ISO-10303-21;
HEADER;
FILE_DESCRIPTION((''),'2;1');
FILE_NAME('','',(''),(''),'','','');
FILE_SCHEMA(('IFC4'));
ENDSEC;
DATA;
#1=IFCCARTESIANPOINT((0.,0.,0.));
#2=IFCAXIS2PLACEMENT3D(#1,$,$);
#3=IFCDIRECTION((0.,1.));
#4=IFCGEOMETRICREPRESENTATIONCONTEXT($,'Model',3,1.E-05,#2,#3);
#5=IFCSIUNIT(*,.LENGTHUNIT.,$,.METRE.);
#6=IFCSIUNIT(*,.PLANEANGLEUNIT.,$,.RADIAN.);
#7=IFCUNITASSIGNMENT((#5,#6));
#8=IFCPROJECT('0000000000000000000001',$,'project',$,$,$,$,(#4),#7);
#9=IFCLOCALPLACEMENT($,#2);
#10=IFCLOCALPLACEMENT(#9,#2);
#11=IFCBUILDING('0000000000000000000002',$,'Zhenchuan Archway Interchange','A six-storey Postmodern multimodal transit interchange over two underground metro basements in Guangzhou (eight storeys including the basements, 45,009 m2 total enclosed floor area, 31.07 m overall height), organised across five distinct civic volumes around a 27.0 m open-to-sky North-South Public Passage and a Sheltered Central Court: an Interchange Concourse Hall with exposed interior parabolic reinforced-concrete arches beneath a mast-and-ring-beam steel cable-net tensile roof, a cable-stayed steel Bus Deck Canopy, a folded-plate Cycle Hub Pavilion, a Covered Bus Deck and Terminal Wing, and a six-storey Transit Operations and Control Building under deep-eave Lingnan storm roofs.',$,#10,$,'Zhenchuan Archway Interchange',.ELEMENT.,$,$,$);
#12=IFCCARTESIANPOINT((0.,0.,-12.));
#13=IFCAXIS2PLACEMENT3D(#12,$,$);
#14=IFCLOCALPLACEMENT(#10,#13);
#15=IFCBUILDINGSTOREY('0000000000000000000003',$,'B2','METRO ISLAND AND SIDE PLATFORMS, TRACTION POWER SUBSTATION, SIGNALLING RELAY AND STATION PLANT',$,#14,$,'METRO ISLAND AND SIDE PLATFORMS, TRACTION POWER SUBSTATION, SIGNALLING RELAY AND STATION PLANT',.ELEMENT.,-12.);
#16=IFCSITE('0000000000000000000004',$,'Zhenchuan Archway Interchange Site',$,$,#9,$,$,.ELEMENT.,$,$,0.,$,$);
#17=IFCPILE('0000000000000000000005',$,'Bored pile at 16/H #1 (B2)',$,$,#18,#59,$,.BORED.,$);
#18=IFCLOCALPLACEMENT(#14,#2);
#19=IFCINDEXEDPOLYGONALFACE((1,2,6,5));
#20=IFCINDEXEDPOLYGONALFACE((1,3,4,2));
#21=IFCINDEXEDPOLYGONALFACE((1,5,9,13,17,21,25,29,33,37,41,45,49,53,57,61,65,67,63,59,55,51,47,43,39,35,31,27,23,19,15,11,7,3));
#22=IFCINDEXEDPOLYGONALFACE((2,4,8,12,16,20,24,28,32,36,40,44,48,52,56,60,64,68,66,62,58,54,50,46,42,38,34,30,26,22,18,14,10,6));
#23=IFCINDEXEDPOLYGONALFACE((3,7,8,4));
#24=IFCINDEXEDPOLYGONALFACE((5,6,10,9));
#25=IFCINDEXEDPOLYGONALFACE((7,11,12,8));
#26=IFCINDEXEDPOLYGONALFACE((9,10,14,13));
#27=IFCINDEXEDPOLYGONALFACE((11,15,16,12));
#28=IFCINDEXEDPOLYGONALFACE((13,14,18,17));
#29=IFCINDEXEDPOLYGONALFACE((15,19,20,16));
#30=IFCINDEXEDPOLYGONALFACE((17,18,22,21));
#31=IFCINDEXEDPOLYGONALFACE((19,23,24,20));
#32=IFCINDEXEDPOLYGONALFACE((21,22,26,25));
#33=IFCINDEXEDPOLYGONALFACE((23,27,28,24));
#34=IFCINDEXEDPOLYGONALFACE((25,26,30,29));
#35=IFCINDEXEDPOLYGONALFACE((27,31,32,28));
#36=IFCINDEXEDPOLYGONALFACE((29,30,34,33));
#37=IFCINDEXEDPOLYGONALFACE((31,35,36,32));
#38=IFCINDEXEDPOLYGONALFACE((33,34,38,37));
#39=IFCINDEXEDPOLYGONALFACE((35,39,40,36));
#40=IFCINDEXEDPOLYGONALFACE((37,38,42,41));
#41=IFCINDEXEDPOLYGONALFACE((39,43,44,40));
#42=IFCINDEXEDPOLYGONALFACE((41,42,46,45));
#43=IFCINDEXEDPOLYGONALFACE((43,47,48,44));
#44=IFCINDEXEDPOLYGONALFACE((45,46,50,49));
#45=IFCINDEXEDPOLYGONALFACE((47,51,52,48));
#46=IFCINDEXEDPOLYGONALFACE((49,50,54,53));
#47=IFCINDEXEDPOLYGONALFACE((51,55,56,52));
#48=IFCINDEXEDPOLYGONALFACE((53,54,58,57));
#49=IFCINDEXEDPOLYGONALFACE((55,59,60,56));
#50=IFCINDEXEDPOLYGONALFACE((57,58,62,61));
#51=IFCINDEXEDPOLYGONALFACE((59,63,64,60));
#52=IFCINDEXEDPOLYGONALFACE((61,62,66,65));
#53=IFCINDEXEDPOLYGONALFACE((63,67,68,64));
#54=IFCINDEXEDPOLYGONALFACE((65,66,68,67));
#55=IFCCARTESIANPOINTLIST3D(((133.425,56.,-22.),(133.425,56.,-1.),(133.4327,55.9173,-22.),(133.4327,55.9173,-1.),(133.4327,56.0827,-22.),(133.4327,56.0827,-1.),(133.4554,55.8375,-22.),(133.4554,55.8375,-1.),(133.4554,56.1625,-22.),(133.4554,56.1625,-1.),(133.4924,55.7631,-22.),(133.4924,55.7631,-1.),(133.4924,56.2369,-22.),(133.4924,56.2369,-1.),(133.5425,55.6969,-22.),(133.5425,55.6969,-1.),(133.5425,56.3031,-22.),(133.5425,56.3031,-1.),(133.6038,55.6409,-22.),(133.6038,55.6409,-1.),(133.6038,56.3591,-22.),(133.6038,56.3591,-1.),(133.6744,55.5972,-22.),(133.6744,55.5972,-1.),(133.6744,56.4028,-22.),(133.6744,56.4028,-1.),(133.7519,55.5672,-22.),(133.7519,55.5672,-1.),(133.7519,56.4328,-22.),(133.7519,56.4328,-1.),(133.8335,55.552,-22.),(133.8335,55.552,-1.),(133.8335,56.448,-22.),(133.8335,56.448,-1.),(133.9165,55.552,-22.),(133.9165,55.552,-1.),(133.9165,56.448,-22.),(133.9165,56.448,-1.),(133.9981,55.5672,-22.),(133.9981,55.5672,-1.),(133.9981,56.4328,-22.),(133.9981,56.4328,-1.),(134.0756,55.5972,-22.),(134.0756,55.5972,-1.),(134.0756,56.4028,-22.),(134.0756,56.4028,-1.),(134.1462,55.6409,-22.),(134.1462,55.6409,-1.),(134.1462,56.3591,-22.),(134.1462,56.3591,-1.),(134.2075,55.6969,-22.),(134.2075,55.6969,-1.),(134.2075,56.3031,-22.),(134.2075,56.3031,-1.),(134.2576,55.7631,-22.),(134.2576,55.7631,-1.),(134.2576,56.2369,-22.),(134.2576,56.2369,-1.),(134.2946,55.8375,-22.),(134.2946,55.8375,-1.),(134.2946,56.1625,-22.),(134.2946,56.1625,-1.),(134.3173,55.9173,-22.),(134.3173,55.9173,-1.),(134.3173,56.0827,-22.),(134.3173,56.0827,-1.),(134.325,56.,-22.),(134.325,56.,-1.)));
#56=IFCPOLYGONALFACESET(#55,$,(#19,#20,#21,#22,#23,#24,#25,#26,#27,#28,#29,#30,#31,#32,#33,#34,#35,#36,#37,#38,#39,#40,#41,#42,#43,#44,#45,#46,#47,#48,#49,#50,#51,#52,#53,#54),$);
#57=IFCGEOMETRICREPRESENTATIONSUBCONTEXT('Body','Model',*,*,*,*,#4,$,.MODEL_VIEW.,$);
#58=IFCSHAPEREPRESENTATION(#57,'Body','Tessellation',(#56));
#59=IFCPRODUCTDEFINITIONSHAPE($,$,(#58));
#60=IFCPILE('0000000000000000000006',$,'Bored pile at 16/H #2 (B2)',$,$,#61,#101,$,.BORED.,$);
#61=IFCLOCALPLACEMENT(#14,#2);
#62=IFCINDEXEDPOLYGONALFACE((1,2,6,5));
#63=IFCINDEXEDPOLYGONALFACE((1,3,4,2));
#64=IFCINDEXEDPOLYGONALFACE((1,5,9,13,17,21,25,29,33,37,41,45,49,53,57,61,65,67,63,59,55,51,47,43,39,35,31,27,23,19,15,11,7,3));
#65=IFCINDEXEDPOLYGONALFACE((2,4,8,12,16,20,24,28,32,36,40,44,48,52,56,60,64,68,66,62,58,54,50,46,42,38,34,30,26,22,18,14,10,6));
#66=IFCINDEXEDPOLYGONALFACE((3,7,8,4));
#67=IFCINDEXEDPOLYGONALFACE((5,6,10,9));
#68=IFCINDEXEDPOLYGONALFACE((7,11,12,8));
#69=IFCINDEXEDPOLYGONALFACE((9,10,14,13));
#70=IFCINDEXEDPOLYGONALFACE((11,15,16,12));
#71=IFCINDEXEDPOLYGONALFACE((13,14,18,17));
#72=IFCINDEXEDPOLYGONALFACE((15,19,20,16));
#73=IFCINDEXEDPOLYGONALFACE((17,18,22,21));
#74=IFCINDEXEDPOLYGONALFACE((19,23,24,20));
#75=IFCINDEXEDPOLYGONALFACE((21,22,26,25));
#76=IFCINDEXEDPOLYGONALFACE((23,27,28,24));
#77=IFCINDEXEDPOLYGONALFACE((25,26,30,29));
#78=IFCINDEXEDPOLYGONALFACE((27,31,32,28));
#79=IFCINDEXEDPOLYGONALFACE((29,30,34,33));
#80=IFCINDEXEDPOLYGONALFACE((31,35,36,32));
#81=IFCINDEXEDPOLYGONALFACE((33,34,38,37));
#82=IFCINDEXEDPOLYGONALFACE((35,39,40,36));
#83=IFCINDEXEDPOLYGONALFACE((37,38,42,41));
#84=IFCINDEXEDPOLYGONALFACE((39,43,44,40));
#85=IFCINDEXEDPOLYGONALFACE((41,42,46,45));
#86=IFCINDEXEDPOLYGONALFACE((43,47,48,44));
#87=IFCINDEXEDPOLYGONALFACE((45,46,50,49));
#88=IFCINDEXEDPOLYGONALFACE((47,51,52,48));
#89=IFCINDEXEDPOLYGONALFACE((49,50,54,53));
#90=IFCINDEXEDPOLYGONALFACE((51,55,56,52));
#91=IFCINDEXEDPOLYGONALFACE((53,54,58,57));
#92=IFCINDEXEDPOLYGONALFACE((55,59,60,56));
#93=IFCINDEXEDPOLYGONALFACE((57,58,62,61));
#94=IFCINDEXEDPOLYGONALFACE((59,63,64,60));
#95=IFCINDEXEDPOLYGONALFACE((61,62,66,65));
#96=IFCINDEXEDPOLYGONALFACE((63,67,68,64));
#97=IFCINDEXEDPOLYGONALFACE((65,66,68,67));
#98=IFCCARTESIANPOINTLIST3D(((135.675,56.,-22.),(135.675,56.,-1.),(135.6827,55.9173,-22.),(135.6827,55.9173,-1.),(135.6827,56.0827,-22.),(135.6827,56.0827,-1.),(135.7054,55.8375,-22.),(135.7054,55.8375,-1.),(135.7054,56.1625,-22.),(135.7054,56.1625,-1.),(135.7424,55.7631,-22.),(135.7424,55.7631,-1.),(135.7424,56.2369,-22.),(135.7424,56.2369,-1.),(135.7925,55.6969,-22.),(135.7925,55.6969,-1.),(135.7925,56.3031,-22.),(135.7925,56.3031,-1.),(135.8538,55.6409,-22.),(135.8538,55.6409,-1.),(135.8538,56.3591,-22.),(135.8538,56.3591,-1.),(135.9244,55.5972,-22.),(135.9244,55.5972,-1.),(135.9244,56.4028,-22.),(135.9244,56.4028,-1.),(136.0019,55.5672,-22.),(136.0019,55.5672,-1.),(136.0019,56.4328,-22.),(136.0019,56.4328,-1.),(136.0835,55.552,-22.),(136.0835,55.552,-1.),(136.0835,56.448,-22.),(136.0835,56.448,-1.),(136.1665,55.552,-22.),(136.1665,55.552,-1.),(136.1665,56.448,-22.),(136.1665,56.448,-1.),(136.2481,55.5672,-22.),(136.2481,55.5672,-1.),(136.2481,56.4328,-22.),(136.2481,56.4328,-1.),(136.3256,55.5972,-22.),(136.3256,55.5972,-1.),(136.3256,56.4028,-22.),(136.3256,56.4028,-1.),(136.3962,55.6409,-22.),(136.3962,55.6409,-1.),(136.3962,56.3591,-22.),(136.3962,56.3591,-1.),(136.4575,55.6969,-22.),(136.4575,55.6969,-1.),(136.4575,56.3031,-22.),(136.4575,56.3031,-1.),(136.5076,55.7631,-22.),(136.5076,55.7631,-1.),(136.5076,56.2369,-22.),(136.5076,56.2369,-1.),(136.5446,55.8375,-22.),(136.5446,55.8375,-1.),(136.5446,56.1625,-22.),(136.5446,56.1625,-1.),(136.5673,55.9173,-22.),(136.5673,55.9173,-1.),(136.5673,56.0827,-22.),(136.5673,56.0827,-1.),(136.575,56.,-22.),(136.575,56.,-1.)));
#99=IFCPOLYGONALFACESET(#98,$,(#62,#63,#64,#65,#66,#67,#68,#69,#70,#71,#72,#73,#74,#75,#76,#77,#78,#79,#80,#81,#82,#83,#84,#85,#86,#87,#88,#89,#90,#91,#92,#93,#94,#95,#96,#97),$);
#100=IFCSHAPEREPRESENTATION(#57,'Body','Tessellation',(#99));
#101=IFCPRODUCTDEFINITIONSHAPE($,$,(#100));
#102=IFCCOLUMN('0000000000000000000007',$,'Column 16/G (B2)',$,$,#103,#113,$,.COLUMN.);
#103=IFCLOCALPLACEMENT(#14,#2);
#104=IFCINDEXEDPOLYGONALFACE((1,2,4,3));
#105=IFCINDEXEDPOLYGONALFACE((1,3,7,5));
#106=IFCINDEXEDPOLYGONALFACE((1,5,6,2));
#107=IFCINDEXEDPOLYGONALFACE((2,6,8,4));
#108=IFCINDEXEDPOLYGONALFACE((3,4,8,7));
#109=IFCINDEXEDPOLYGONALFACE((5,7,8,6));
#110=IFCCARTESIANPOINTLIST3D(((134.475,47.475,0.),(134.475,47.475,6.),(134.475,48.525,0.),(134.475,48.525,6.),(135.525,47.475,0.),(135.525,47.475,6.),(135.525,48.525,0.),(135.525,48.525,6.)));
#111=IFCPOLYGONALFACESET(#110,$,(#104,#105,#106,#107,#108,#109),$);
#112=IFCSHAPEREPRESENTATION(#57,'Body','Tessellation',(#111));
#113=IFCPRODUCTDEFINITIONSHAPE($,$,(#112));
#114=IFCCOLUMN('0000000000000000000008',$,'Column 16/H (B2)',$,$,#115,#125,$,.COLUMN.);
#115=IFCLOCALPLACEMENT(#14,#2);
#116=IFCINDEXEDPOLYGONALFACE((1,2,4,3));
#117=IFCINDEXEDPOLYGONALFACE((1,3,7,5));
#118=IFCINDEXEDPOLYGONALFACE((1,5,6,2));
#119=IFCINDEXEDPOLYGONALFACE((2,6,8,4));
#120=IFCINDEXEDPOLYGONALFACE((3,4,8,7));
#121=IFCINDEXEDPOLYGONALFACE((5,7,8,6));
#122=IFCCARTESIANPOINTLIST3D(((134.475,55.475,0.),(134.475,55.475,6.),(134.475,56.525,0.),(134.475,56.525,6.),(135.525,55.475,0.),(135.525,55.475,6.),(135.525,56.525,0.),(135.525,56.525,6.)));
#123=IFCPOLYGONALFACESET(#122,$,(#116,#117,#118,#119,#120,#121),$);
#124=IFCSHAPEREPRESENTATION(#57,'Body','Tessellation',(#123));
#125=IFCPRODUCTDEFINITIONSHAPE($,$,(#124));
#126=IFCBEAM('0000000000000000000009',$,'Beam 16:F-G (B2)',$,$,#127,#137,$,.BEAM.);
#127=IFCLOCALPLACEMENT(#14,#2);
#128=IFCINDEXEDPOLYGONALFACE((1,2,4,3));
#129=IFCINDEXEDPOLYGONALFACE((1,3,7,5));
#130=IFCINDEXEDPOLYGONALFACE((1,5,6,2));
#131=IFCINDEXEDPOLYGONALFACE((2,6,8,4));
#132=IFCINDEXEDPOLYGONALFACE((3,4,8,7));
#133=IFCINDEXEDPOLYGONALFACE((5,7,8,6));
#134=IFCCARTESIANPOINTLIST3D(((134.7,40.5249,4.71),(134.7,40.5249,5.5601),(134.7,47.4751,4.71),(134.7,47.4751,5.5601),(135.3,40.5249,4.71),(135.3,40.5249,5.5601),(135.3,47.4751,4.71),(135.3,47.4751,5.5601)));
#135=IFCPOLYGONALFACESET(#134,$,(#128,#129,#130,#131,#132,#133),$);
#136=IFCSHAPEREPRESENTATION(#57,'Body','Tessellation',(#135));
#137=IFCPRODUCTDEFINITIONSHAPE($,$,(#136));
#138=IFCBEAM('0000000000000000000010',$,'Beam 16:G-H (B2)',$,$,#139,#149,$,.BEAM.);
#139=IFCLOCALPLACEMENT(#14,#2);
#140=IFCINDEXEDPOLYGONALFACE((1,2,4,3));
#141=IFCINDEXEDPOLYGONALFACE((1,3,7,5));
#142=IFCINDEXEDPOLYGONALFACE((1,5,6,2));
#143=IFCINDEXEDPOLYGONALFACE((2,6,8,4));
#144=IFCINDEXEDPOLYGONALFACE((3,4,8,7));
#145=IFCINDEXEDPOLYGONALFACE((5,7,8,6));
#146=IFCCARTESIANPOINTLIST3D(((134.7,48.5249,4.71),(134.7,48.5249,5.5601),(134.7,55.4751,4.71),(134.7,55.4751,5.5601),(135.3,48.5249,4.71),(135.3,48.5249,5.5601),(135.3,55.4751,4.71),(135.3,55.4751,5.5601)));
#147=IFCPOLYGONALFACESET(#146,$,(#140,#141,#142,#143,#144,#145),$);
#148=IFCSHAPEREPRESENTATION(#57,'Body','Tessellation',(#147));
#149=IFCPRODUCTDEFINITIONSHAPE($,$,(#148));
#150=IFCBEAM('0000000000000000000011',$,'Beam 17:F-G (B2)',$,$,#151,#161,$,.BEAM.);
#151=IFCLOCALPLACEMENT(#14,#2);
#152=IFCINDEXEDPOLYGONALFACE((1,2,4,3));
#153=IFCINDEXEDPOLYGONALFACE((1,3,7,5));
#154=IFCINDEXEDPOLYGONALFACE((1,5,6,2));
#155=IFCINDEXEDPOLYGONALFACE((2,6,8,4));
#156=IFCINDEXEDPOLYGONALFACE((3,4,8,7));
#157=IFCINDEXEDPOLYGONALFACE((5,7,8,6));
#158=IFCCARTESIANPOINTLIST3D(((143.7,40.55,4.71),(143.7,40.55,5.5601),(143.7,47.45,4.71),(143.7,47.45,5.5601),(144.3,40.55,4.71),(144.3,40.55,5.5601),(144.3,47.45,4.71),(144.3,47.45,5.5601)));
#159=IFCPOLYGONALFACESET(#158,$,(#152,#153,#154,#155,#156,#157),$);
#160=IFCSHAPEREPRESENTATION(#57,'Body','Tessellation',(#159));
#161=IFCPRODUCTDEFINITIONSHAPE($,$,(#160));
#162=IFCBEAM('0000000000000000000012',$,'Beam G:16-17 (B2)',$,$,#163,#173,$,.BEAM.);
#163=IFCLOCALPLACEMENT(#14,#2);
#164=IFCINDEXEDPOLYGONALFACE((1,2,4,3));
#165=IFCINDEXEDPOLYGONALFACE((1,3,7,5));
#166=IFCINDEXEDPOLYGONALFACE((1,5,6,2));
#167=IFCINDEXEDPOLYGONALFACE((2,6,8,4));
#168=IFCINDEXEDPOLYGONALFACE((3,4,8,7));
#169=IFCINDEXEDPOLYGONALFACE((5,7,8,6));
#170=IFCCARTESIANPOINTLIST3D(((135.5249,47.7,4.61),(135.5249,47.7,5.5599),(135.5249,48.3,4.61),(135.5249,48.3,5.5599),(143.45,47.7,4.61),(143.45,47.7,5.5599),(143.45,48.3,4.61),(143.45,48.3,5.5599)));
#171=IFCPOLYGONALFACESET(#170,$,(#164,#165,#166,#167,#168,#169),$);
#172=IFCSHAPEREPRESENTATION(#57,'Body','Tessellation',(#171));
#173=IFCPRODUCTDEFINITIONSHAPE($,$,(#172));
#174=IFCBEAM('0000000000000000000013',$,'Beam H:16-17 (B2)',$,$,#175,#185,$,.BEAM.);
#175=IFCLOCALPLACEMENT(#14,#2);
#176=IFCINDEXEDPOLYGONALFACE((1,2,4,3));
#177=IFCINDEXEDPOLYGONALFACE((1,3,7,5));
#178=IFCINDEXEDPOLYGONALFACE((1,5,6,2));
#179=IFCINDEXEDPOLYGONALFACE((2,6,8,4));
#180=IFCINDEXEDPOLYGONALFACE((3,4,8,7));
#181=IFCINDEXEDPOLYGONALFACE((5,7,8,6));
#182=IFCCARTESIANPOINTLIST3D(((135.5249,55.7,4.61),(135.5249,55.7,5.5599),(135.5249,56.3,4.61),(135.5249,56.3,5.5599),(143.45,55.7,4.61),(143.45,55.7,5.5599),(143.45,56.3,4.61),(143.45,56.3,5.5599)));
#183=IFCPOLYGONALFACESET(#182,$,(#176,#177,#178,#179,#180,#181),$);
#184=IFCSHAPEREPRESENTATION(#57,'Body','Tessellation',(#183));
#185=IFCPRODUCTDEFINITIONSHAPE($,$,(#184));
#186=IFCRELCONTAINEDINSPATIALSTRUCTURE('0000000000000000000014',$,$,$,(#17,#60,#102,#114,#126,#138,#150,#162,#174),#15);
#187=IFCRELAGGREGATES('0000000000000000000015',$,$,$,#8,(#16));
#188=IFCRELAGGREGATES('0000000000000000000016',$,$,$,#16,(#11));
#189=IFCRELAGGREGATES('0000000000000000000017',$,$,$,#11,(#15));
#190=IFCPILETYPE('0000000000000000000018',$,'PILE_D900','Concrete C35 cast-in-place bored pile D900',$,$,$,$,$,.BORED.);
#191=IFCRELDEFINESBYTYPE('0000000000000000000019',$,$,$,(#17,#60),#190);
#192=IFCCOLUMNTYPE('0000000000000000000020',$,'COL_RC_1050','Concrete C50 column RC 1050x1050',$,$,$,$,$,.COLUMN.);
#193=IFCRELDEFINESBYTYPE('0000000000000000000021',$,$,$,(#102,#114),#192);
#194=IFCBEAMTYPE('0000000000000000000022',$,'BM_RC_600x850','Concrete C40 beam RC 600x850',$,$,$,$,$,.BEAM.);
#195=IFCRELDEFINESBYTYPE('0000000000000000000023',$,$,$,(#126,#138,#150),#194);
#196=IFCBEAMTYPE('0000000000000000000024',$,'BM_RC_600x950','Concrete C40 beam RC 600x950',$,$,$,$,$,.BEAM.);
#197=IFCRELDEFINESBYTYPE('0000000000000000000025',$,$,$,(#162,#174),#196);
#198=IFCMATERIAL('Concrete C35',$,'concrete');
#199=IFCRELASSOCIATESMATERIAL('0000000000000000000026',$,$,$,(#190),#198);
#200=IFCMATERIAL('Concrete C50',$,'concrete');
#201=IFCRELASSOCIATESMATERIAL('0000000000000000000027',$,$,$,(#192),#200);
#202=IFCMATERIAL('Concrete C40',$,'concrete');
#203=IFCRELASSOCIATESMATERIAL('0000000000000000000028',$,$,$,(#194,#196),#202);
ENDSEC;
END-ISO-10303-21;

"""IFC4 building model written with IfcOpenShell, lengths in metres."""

from ifc_helpers import new_model, si_unit, direction, frame, origin, origin_2d, place, context, subcontext, project, spatial, rectangle, circle, extrude, material, material_profile, profile_set, type_object, element, save


model = new_model("IFC4")

# Units and contexts
model_context = context("Model", 3, precision=1e-05, world=origin(), true_north=direction((0.0, 1.0)))
body_context = subcontext(model_context, "Body", "Model", "MODEL_VIEW")
ifc_project = project(units=[si_unit("LENGTHUNIT", "METRE"), si_unit("PLANEANGLEUNIT", "RADIAN")], contexts=[model_context])

# Site, building, storey
site_placement = place(None, origin())
site = spatial("IfcSite", under=ifc_project, at=site_placement, Name="Zhenchuan Archway Interchange Site", CompositionType="ELEMENT", RefElevation=0.0)
building_placement = place(site_placement, origin())
building = spatial("IfcBuilding", under=site, at=building_placement, Name="Zhenchuan Archway Interchange", Description="A six-storey Postmodern multimodal transit interchange over two underground metro basements in Guangzhou (eight storeys including the basements, 45,009 m2 total enclosed floor area, 31.07 m overall height), organised across five distinct civic volumes around a 27.0 m open-to-sky North-South Public Passage and a Sheltered Central Court: an Interchange Concourse Hall with exposed interior parabolic reinforced-concrete arches beneath a mast-and-ring-beam steel cable-net tensile roof, a cable-stayed steel Bus Deck Canopy, a folded-plate Cycle Hub Pavilion, a Covered Bus Deck and Terminal Wing, and a six-storey Transit Operations and Control Building under deep-eave Lingnan storm roofs.", LongName="Zhenchuan Archway Interchange", CompositionType="ELEMENT")
storey_placement = place(building_placement, frame((0.0, 0.0, -12.0)))
storey = spatial("IfcBuildingStorey", under=building, at=storey_placement, Name="B2", Description="METRO ISLAND AND SIDE PLATFORMS, TRACTION POWER SUBSTATION, SIGNALLING RELAY AND STATION PLANT", LongName="METRO ISLAND AND SIDE PLATFORMS, TRACTION POWER SUBSTATION, SIGNALLING RELAY AND STATION PLANT", CompositionType="ELEMENT", Elevation=-12.0)

# Shared definitions
ifc_material_1 = material(Name="Concrete C40", Category="concrete")

# Piles
ifc_material_2 = material(Name="Concrete C35", Category="concrete")
ifc_material_profile_1 = material_profile(ifc_material_2, circle(Radius=0.45, at=origin_2d()), Name="BORED PILE 900")
ifc_profile_set_1 = profile_set([ifc_material_profile_1], Name="Concrete C35")
pile_type_1 = type_object("IfcPileType", Name="PILE_D900", Description="Concrete C35 cast-in-place bored pile D900", PredefinedType="BORED", material=ifc_profile_set_1)
for number, where, z_axis, x_axis, name in (
    (1, (133.875, 56.0, -1.0), (0.0, 0.0, -1.0), (1.0, 0.0, 0.0), "Bored pile at 16/H #1 (B2)"),
    (2, (136.125, 56.0, -1.0), (0.0, 0.0, -1.0), (1.0, 0.0, 0.0), "Bored pile at 16/H #2 (B2)"),
):
    element("IfcPile", number, at=place(storey_placement, frame(where, z_axis=z_axis, x_axis=x_axis)), inside=storey, type_object=pile_type_1, Name=name, PredefinedType="BORED", context=body_context, shape_type="SweptSolid", body=[
        extrude(circle(Radius=0.45, at=origin_2d()), origin(), (0.0, 0.0, 1.0), 21.0),
    ])

# Columns
ifc_material_3 = material(Name="Concrete C50", Category="concrete")
ifc_material_profile_2 = material_profile(ifc_material_3, rectangle(XDim=1.05, YDim=1.05, at=origin_2d()), Name="RC 1050x1050")
ifc_profile_set_2 = profile_set([ifc_material_profile_2], Name="Concrete C50")
column_type = type_object("IfcColumnType", Name="COL_RC_1050", Description="Concrete C50 column RC 1050x1050", PredefinedType="COLUMN", material=ifc_profile_set_2)
for number, where, z_axis, x_axis, name in (
    (3, (135.0, 48.0, 0.0), (0.0, 0.0, 1.0), (1.0, 0.0, 0.0), "Column 16/G (B2)"),
    (4, (135.0, 56.0, 0.0), (0.0, 0.0, 1.0), (1.0, 0.0, 0.0), "Column 16/H (B2)"),
):
    element("IfcColumn", number, at=place(storey_placement, frame(where, z_axis=z_axis, x_axis=x_axis)), inside=storey, type_object=column_type, Name=name, PredefinedType="COLUMN", context=body_context, shape_type="SweptSolid", body=[
        extrude(rectangle(XDim=1.05, YDim=1.05, at=origin_2d()), origin(), (0.0, 0.0, 1.0), 6.0),
    ])

# Beams
ifc_material_profile_3 = material_profile(ifc_material_1, rectangle(XDim=0.6001, YDim=0.8501, at=origin_2d()), Name="RC 600x850")
ifc_profile_set_3 = profile_set([ifc_material_profile_3], Name="Concrete C40")
beam_type_1 = type_object("IfcBeamType", Name="BM_RC_600x850", Description="Concrete C40 beam RC 600x850", PredefinedType="BEAM", material=ifc_profile_set_3)
for number, where, z_axis, x_axis, name in (
    (5, (135.0, 40.5249, 5.135), (0.0, 1.0, 0.0), (-1.0, 0.0, 0.0), "Beam 16:F-G (B2)"),
    (6, (135.0, 48.5249, 5.135), (0.0, 1.0, 0.0), (-1.0, 0.0, 0.0), "Beam 16:G-H (B2)"),
):
    element("IfcBeam", number, at=place(storey_placement, frame(where, z_axis=z_axis, x_axis=x_axis)), inside=storey, type_object=beam_type_1, Name=name, PredefinedType="BEAM", context=body_context, shape_type="SweptSolid", body=[
        extrude(rectangle(XDim=0.6001, YDim=0.8501, at=origin_2d()), origin(), (0.0, 0.0, 1.0), 6.9502),
    ])
beam_placement = place(storey_placement, frame((144.0, 40.55, 5.135), z_axis=(0.0, 1.0, 0.0), x_axis=(-1.0, 0.0, 0.0)))
element("IfcBeam", 7, at=beam_placement, inside=storey, type_object=beam_type_1, Name="Beam 17:F-G (B2)", PredefinedType="BEAM", context=body_context, shape_type="SweptSolid", body=[
    extrude(rectangle(XDim=0.6001, YDim=0.8501, at=origin_2d()), origin(), (0.0, 0.0, 1.0), 6.8999),
])
ifc_material_profile_4 = material_profile(ifc_material_1, rectangle(XDim=0.6001, YDim=0.95, at=origin_2d()), Name="RC 600x950")
ifc_profile_set_4 = profile_set([ifc_material_profile_4], Name="Concrete C40")
beam_type_2 = type_object("IfcBeamType", Name="BM_RC_600x950", Description="Concrete C40 beam RC 600x950", PredefinedType="BEAM", material=ifc_profile_set_4)
for number, where, z_axis, x_axis, name in (
    (8, (135.5249, 48.0, 5.085), (1.0, 0.0, 0.0), (0.0, 1.0, 0.0), "Beam G:16-17 (B2)"),
    (9, (135.5249, 56.0, 5.085), (1.0, 0.0, 0.0), (0.0, 1.0, 0.0), "Beam H:16-17 (B2)"),
):
    element("IfcBeam", number, at=place(storey_placement, frame(where, z_axis=z_axis, x_axis=x_axis)), inside=storey, type_object=beam_type_2, Name=name, PredefinedType="BEAM", context=body_context, shape_type="SweptSolid", body=[
        extrude(rectangle(XDim=0.6001, YDim=0.95, at=origin_2d()), origin(), (0.0, 0.0, 1.0), 7.925),
    ])

save(model, "model.ifc")
